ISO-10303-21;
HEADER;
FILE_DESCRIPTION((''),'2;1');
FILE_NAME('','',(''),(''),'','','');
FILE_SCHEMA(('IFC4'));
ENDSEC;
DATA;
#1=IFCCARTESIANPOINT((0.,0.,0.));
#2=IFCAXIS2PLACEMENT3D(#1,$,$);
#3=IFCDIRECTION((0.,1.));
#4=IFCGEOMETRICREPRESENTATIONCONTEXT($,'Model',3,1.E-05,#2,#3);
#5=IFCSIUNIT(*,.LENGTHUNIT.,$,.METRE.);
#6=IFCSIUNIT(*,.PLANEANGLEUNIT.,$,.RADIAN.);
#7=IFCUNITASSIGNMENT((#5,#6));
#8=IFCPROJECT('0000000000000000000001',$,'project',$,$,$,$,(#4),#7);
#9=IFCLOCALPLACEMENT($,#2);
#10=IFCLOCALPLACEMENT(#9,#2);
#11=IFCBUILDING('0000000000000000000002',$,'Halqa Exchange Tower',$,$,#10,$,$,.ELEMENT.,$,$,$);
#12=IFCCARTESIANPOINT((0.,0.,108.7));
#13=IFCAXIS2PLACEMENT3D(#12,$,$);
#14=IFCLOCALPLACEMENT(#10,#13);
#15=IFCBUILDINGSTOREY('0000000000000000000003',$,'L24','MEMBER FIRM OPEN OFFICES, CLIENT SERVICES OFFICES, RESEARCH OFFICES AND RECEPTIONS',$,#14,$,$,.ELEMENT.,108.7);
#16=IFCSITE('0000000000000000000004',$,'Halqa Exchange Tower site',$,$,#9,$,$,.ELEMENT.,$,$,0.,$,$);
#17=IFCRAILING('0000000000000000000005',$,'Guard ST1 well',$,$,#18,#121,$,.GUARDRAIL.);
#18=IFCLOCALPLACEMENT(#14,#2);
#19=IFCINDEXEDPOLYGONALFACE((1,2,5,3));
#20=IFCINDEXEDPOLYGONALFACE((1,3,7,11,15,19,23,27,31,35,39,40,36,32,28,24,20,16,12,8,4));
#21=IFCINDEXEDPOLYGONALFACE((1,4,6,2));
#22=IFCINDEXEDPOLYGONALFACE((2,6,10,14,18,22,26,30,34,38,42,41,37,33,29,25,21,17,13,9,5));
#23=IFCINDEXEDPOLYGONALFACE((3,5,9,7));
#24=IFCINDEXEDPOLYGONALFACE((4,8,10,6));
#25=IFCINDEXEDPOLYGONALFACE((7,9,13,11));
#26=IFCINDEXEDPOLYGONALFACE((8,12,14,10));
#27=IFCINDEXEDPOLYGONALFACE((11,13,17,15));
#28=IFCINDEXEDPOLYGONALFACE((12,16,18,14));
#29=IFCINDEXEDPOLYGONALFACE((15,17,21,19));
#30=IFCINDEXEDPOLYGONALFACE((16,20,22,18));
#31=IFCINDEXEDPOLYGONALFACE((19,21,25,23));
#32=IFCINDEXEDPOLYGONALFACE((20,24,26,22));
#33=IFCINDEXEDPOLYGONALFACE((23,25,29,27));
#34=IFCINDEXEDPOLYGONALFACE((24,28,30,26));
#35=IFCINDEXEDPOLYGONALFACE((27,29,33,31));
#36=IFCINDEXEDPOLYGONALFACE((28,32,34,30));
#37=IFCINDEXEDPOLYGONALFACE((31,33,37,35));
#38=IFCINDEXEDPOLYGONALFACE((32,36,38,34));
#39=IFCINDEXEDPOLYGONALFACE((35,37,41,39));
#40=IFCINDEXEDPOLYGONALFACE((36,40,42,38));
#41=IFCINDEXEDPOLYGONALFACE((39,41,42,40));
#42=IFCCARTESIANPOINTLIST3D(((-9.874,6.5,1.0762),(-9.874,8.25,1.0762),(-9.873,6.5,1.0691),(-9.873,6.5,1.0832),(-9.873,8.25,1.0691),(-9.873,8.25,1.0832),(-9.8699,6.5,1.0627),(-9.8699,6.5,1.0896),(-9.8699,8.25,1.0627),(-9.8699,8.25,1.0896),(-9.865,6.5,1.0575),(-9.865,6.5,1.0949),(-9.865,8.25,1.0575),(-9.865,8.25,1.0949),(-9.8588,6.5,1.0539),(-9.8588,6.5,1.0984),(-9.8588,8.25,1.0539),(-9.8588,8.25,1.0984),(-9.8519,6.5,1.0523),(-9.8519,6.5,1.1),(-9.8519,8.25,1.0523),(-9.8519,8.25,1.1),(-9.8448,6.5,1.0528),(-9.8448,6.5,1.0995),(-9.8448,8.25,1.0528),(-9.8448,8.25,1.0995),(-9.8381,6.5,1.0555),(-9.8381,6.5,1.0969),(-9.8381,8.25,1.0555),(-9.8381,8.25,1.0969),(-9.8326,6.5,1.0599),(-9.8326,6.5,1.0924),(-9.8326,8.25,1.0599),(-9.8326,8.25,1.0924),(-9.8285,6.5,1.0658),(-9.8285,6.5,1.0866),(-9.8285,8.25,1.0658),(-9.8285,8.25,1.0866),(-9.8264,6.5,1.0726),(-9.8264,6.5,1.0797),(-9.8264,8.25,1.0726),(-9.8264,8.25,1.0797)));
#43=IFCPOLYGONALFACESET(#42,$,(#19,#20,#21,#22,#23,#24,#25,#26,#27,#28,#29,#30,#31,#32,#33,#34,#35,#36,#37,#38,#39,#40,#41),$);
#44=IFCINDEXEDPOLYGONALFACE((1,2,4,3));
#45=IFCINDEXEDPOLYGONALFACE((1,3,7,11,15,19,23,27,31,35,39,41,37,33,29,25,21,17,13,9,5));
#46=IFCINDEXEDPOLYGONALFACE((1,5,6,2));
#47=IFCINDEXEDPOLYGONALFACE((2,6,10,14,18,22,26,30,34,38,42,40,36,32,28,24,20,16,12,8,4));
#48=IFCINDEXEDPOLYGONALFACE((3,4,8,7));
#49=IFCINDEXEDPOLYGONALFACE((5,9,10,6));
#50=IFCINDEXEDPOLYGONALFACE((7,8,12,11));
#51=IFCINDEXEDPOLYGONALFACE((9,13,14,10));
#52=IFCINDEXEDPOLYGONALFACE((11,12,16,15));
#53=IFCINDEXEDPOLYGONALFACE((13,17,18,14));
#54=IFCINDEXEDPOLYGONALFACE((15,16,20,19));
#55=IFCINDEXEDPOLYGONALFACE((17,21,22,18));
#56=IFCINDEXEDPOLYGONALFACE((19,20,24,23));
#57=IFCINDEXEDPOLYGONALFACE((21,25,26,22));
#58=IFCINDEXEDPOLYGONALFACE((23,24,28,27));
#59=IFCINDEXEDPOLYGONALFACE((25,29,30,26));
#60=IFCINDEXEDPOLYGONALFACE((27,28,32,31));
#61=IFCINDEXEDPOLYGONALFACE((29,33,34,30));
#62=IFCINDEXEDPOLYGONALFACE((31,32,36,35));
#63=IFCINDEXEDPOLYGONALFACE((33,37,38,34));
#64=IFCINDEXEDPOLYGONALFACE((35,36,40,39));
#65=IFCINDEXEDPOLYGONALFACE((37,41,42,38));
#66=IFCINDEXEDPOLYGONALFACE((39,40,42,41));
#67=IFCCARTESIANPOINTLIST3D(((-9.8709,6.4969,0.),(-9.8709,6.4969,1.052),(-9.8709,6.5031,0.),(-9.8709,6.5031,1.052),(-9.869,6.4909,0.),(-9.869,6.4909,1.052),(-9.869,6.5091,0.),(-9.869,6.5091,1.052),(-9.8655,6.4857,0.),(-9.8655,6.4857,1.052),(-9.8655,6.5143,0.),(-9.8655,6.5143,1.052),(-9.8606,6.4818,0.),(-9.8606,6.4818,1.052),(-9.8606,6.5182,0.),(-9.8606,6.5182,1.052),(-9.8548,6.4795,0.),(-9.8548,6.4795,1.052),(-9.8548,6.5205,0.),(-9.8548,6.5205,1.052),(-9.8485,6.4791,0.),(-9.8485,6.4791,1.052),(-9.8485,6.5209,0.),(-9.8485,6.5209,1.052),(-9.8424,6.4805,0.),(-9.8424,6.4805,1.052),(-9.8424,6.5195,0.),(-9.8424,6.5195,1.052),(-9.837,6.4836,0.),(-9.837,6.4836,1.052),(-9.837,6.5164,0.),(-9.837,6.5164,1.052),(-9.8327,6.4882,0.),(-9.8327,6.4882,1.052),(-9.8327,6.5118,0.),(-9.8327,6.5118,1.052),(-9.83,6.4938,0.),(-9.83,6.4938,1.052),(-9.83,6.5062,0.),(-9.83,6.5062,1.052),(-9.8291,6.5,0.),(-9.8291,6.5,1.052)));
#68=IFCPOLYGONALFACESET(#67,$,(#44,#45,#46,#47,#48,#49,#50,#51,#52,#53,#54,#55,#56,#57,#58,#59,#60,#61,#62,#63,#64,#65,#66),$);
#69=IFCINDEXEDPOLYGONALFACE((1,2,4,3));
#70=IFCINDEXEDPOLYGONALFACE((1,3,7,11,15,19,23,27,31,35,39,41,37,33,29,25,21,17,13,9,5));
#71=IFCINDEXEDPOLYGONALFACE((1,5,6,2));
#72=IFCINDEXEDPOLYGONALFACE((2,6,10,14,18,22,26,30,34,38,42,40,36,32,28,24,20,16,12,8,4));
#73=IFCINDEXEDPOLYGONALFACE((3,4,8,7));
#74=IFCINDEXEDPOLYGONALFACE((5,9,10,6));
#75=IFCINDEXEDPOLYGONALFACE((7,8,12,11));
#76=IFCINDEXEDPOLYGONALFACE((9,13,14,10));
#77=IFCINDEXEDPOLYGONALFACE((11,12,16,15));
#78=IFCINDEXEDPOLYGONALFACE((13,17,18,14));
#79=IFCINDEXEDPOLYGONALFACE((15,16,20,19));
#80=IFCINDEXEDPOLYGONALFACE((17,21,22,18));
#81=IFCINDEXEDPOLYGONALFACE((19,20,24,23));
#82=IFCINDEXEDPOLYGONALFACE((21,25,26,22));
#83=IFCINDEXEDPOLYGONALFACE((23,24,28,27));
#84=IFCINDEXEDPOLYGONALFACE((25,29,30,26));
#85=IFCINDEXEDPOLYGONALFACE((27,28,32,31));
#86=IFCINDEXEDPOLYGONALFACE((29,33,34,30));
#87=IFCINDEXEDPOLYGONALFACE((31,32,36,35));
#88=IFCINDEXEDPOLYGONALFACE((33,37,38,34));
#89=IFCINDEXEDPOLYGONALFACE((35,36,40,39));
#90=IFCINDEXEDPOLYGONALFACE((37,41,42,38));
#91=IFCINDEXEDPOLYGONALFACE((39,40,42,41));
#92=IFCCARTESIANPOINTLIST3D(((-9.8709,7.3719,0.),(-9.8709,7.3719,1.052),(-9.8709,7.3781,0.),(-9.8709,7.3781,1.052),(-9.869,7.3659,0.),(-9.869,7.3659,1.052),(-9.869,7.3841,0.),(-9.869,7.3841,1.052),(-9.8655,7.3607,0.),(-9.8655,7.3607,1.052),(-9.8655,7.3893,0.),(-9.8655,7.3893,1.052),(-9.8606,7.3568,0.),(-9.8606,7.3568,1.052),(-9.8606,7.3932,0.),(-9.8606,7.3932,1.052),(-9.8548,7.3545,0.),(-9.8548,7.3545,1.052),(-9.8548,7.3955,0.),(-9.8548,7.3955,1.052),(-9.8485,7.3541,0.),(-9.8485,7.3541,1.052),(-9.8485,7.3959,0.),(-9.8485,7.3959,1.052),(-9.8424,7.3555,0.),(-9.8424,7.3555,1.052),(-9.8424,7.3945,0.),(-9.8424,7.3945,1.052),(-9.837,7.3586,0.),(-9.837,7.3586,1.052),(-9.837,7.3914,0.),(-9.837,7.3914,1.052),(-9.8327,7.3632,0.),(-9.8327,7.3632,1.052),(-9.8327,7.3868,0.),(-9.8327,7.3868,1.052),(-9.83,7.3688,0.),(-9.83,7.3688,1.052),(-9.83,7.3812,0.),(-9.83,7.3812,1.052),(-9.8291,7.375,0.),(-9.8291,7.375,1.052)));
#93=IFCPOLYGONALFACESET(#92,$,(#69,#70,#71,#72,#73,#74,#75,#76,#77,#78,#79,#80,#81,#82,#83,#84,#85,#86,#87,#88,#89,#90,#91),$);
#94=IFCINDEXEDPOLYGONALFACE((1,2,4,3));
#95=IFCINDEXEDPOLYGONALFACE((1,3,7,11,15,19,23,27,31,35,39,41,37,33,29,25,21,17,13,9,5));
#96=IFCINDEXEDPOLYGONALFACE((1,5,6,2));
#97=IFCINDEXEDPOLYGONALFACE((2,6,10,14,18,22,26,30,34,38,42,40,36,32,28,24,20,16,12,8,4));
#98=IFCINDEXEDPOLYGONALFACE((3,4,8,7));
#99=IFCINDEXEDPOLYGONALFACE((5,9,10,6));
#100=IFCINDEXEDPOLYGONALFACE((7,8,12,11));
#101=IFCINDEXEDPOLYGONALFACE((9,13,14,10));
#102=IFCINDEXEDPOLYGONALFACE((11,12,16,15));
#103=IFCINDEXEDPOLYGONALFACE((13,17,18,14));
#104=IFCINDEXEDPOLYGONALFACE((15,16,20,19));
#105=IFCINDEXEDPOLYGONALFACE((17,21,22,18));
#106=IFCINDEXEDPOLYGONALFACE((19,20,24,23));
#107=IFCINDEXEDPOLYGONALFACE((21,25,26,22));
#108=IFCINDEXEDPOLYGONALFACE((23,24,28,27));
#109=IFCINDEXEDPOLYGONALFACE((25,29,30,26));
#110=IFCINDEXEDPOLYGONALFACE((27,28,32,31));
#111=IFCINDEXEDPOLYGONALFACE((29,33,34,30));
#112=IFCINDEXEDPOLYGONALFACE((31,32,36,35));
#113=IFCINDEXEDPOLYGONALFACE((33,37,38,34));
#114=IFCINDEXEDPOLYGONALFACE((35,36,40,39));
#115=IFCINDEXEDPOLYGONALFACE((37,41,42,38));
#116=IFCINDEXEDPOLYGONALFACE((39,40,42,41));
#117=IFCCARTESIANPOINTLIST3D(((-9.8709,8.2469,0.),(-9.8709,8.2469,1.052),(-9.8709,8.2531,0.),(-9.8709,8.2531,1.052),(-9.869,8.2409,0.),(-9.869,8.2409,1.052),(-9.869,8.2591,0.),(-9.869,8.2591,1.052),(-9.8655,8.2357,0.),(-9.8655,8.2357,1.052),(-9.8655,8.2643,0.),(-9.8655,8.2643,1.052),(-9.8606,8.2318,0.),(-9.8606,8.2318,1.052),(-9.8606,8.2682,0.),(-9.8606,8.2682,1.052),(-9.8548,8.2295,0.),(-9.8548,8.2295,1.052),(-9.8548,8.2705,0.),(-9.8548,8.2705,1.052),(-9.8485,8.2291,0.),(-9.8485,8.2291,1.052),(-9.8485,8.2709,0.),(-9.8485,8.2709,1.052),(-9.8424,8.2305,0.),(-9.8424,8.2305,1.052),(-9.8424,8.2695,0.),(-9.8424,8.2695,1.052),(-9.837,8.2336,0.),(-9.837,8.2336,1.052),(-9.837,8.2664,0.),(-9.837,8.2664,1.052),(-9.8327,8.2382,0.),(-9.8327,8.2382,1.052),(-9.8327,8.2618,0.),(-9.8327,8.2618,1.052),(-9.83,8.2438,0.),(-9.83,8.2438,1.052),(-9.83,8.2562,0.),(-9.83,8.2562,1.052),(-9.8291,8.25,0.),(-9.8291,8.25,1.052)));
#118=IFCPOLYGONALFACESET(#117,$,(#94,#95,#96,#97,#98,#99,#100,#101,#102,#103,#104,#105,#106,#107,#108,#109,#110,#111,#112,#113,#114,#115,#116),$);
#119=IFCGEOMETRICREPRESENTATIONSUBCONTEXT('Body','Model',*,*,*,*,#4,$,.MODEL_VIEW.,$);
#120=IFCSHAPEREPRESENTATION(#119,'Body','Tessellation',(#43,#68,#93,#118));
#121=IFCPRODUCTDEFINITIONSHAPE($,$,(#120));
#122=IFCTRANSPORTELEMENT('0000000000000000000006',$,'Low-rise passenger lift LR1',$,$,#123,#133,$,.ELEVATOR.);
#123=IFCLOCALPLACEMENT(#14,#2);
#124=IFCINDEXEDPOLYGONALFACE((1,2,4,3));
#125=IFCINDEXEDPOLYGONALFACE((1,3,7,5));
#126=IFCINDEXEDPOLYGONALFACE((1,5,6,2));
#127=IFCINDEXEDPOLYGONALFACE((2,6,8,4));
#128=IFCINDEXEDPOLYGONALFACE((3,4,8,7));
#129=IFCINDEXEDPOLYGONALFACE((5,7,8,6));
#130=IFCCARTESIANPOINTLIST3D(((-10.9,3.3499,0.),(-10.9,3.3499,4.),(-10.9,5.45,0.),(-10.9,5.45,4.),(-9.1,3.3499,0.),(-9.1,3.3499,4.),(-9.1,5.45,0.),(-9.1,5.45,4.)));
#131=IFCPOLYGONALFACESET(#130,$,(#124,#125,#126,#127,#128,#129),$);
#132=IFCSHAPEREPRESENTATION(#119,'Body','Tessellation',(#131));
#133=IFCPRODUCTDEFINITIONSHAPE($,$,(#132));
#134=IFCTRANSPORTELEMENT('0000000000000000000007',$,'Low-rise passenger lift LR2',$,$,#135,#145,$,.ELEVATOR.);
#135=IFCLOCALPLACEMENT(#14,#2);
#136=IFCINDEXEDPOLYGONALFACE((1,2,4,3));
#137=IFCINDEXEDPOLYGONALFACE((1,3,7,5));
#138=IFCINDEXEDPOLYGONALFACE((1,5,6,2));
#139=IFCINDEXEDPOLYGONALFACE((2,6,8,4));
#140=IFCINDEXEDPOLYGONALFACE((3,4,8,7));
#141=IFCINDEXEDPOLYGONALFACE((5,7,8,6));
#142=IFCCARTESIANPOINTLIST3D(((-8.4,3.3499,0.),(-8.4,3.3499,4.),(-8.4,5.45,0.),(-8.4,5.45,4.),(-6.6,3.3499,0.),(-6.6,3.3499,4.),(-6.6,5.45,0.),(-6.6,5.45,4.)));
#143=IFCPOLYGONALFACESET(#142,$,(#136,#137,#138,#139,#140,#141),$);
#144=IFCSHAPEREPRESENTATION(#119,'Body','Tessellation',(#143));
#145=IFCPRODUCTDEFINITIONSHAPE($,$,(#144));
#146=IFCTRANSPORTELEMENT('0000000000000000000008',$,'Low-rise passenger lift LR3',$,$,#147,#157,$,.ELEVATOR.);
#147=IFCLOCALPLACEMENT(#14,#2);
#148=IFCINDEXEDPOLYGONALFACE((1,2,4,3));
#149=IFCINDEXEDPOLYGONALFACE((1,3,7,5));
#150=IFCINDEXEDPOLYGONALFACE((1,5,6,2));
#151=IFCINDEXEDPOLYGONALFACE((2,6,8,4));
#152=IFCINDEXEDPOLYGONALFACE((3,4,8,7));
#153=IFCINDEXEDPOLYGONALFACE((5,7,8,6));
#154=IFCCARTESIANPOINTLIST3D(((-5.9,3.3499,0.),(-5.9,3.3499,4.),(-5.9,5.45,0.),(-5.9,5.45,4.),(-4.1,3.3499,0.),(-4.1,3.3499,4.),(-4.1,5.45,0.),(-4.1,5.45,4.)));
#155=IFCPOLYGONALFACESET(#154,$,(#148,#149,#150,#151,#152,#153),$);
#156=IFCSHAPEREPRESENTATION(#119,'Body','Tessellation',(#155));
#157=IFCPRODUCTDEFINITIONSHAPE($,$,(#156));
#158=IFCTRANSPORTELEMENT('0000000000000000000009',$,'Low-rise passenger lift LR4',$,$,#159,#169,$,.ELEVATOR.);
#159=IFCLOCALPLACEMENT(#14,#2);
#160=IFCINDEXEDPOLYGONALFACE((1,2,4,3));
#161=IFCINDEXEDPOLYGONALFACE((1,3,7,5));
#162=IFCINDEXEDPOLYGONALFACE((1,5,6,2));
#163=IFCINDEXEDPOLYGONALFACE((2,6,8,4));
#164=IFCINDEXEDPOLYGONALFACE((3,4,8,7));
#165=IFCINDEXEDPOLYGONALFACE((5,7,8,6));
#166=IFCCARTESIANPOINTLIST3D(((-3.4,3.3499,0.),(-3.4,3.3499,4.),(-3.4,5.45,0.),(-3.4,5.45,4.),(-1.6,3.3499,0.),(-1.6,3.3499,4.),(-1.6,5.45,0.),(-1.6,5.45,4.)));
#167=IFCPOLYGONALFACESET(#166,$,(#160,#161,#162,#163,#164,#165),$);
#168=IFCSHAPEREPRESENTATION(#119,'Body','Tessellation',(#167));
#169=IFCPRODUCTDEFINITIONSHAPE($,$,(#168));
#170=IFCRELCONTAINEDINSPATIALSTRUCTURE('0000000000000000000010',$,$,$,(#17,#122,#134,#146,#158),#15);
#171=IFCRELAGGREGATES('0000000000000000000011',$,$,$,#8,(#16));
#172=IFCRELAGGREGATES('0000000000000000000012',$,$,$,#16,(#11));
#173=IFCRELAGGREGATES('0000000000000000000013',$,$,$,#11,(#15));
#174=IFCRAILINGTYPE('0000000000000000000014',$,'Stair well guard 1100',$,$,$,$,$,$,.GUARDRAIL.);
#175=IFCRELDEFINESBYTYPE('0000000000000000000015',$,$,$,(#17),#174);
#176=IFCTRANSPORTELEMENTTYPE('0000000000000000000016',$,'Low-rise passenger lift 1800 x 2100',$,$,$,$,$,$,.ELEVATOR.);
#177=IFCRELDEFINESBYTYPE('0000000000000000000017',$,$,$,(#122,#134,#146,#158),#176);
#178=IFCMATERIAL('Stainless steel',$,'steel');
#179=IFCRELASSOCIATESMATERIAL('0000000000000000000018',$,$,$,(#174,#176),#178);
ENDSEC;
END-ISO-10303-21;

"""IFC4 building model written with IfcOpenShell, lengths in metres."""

from ifc_helpers import new_model, si_unit, direction, frame, origin, origin_2d, place, context, subcontext, project, spatial, rectangle, circle, extrude, material, type_object, element, save


model = new_model("IFC4")

# Units and contexts
model_context = context("Model", 3, precision=1e-05, world=origin(), true_north=direction((0.0, 1.0)))
body_context = subcontext(model_context, "Body", "Model", "MODEL_VIEW")
ifc_project = project(units=[si_unit("LENGTHUNIT", "METRE"), si_unit("PLANEANGLEUNIT", "RADIAN")], contexts=[model_context])

# Site, building, storey
site_placement = place(None, origin())
site = spatial("IfcSite", under=ifc_project, at=site_placement, Name="Halqa Exchange Tower site", CompositionType="ELEMENT", RefElevation=0.0)
building_placement = place(site_placement, origin())
building = spatial("IfcBuilding", under=site, at=building_placement, Name="Halqa Exchange Tower", CompositionType="ELEMENT")
storey_placement = place(building_placement, frame((0.0, 0.0, 108.7)))
storey = spatial("IfcBuildingStorey", under=building, at=storey_placement, Name="L24", Description="MEMBER FIRM OPEN OFFICES, CLIENT SERVICES OFFICES, RESEARCH OFFICES AND RECEPTIONS", CompositionType="ELEMENT", Elevation=108.7)

# Shared definitions
ifc_material_1 = material(Name="Stainless steel", Category="steel")

# Railing
railing_type_1 = type_object("IfcRailingType", Name="Stair well guard 1100", PredefinedType="GUARDRAIL", material=ifc_material_1)
railing_1_placement = place(storey_placement, frame((-9.8501, 6.5, 0.0)))
element("IfcRailing", 1, at=railing_1_placement, inside=storey, type_object=railing_type_1, Name="Guard ST1 well", PredefinedType="GUARDRAIL", context=body_context, shape_type="SweptSolid", body=[
    extrude(circle(Radius=0.0239, at=origin_2d()), frame((0.0, 0.0, 1.0762), z_axis=(0.0, 1.0, 0.0), x_axis=(-1.0, 0.0, 0.0)), (0.0, 0.0, 1.0), 1.75),
    extrude(circle(Radius=0.021, at=origin_2d()), origin(), (0.0, 0.0, 1.0), 1.052),
    extrude(circle(Radius=0.021, at=origin_2d()), frame((0.0, 0.875, 0.0)), (0.0, 0.0, 1.0), 1.052),
    extrude(circle(Radius=0.021, at=origin_2d()), frame((0.0, 1.75, 0.0)), (0.0, 0.0, 1.0), 1.052),
])

# Transport elements
transport_element_type = type_object("IfcTransportElementType", Name="Low-rise passenger lift 1800 x 2100", PredefinedType="ELEVATOR", material=ifc_material_1)
for number, where, z_axis, x_axis, name in (
    (2, (-10.0, 4.3999, 0.0), (0.0, 0.0, 1.0), (1.0, 0.0, 0.0), "Low-rise passenger lift LR1"),
    (3, (-7.5, 4.3999, 0.0), (0.0, 0.0, 1.0), (1.0, 0.0, 0.0), "Low-rise passenger lift LR2"),
    (4, (-5.0, 4.3999, 0.0), (0.0, 0.0, 1.0), (1.0, 0.0, 0.0), "Low-rise passenger lift LR3"),
    (5, (-2.5, 4.3999, 0.0), (0.0, 0.0, 1.0), (1.0, 0.0, 0.0), "Low-rise passenger lift LR4"),
):
    element("IfcTransportElement", number, at=place(storey_placement, frame(where, z_axis=z_axis, x_axis=x_axis)), inside=storey, type_object=transport_element_type, Name=name, PredefinedType="ELEVATOR", context=body_context, shape_type="SweptSolid", body=[
        extrude(rectangle(XDim=1.8, YDim=2.1001, at=origin_2d()), origin(), (0.0, 0.0, 1.0), 4.0),
    ])

save(model, "model.ifc")
